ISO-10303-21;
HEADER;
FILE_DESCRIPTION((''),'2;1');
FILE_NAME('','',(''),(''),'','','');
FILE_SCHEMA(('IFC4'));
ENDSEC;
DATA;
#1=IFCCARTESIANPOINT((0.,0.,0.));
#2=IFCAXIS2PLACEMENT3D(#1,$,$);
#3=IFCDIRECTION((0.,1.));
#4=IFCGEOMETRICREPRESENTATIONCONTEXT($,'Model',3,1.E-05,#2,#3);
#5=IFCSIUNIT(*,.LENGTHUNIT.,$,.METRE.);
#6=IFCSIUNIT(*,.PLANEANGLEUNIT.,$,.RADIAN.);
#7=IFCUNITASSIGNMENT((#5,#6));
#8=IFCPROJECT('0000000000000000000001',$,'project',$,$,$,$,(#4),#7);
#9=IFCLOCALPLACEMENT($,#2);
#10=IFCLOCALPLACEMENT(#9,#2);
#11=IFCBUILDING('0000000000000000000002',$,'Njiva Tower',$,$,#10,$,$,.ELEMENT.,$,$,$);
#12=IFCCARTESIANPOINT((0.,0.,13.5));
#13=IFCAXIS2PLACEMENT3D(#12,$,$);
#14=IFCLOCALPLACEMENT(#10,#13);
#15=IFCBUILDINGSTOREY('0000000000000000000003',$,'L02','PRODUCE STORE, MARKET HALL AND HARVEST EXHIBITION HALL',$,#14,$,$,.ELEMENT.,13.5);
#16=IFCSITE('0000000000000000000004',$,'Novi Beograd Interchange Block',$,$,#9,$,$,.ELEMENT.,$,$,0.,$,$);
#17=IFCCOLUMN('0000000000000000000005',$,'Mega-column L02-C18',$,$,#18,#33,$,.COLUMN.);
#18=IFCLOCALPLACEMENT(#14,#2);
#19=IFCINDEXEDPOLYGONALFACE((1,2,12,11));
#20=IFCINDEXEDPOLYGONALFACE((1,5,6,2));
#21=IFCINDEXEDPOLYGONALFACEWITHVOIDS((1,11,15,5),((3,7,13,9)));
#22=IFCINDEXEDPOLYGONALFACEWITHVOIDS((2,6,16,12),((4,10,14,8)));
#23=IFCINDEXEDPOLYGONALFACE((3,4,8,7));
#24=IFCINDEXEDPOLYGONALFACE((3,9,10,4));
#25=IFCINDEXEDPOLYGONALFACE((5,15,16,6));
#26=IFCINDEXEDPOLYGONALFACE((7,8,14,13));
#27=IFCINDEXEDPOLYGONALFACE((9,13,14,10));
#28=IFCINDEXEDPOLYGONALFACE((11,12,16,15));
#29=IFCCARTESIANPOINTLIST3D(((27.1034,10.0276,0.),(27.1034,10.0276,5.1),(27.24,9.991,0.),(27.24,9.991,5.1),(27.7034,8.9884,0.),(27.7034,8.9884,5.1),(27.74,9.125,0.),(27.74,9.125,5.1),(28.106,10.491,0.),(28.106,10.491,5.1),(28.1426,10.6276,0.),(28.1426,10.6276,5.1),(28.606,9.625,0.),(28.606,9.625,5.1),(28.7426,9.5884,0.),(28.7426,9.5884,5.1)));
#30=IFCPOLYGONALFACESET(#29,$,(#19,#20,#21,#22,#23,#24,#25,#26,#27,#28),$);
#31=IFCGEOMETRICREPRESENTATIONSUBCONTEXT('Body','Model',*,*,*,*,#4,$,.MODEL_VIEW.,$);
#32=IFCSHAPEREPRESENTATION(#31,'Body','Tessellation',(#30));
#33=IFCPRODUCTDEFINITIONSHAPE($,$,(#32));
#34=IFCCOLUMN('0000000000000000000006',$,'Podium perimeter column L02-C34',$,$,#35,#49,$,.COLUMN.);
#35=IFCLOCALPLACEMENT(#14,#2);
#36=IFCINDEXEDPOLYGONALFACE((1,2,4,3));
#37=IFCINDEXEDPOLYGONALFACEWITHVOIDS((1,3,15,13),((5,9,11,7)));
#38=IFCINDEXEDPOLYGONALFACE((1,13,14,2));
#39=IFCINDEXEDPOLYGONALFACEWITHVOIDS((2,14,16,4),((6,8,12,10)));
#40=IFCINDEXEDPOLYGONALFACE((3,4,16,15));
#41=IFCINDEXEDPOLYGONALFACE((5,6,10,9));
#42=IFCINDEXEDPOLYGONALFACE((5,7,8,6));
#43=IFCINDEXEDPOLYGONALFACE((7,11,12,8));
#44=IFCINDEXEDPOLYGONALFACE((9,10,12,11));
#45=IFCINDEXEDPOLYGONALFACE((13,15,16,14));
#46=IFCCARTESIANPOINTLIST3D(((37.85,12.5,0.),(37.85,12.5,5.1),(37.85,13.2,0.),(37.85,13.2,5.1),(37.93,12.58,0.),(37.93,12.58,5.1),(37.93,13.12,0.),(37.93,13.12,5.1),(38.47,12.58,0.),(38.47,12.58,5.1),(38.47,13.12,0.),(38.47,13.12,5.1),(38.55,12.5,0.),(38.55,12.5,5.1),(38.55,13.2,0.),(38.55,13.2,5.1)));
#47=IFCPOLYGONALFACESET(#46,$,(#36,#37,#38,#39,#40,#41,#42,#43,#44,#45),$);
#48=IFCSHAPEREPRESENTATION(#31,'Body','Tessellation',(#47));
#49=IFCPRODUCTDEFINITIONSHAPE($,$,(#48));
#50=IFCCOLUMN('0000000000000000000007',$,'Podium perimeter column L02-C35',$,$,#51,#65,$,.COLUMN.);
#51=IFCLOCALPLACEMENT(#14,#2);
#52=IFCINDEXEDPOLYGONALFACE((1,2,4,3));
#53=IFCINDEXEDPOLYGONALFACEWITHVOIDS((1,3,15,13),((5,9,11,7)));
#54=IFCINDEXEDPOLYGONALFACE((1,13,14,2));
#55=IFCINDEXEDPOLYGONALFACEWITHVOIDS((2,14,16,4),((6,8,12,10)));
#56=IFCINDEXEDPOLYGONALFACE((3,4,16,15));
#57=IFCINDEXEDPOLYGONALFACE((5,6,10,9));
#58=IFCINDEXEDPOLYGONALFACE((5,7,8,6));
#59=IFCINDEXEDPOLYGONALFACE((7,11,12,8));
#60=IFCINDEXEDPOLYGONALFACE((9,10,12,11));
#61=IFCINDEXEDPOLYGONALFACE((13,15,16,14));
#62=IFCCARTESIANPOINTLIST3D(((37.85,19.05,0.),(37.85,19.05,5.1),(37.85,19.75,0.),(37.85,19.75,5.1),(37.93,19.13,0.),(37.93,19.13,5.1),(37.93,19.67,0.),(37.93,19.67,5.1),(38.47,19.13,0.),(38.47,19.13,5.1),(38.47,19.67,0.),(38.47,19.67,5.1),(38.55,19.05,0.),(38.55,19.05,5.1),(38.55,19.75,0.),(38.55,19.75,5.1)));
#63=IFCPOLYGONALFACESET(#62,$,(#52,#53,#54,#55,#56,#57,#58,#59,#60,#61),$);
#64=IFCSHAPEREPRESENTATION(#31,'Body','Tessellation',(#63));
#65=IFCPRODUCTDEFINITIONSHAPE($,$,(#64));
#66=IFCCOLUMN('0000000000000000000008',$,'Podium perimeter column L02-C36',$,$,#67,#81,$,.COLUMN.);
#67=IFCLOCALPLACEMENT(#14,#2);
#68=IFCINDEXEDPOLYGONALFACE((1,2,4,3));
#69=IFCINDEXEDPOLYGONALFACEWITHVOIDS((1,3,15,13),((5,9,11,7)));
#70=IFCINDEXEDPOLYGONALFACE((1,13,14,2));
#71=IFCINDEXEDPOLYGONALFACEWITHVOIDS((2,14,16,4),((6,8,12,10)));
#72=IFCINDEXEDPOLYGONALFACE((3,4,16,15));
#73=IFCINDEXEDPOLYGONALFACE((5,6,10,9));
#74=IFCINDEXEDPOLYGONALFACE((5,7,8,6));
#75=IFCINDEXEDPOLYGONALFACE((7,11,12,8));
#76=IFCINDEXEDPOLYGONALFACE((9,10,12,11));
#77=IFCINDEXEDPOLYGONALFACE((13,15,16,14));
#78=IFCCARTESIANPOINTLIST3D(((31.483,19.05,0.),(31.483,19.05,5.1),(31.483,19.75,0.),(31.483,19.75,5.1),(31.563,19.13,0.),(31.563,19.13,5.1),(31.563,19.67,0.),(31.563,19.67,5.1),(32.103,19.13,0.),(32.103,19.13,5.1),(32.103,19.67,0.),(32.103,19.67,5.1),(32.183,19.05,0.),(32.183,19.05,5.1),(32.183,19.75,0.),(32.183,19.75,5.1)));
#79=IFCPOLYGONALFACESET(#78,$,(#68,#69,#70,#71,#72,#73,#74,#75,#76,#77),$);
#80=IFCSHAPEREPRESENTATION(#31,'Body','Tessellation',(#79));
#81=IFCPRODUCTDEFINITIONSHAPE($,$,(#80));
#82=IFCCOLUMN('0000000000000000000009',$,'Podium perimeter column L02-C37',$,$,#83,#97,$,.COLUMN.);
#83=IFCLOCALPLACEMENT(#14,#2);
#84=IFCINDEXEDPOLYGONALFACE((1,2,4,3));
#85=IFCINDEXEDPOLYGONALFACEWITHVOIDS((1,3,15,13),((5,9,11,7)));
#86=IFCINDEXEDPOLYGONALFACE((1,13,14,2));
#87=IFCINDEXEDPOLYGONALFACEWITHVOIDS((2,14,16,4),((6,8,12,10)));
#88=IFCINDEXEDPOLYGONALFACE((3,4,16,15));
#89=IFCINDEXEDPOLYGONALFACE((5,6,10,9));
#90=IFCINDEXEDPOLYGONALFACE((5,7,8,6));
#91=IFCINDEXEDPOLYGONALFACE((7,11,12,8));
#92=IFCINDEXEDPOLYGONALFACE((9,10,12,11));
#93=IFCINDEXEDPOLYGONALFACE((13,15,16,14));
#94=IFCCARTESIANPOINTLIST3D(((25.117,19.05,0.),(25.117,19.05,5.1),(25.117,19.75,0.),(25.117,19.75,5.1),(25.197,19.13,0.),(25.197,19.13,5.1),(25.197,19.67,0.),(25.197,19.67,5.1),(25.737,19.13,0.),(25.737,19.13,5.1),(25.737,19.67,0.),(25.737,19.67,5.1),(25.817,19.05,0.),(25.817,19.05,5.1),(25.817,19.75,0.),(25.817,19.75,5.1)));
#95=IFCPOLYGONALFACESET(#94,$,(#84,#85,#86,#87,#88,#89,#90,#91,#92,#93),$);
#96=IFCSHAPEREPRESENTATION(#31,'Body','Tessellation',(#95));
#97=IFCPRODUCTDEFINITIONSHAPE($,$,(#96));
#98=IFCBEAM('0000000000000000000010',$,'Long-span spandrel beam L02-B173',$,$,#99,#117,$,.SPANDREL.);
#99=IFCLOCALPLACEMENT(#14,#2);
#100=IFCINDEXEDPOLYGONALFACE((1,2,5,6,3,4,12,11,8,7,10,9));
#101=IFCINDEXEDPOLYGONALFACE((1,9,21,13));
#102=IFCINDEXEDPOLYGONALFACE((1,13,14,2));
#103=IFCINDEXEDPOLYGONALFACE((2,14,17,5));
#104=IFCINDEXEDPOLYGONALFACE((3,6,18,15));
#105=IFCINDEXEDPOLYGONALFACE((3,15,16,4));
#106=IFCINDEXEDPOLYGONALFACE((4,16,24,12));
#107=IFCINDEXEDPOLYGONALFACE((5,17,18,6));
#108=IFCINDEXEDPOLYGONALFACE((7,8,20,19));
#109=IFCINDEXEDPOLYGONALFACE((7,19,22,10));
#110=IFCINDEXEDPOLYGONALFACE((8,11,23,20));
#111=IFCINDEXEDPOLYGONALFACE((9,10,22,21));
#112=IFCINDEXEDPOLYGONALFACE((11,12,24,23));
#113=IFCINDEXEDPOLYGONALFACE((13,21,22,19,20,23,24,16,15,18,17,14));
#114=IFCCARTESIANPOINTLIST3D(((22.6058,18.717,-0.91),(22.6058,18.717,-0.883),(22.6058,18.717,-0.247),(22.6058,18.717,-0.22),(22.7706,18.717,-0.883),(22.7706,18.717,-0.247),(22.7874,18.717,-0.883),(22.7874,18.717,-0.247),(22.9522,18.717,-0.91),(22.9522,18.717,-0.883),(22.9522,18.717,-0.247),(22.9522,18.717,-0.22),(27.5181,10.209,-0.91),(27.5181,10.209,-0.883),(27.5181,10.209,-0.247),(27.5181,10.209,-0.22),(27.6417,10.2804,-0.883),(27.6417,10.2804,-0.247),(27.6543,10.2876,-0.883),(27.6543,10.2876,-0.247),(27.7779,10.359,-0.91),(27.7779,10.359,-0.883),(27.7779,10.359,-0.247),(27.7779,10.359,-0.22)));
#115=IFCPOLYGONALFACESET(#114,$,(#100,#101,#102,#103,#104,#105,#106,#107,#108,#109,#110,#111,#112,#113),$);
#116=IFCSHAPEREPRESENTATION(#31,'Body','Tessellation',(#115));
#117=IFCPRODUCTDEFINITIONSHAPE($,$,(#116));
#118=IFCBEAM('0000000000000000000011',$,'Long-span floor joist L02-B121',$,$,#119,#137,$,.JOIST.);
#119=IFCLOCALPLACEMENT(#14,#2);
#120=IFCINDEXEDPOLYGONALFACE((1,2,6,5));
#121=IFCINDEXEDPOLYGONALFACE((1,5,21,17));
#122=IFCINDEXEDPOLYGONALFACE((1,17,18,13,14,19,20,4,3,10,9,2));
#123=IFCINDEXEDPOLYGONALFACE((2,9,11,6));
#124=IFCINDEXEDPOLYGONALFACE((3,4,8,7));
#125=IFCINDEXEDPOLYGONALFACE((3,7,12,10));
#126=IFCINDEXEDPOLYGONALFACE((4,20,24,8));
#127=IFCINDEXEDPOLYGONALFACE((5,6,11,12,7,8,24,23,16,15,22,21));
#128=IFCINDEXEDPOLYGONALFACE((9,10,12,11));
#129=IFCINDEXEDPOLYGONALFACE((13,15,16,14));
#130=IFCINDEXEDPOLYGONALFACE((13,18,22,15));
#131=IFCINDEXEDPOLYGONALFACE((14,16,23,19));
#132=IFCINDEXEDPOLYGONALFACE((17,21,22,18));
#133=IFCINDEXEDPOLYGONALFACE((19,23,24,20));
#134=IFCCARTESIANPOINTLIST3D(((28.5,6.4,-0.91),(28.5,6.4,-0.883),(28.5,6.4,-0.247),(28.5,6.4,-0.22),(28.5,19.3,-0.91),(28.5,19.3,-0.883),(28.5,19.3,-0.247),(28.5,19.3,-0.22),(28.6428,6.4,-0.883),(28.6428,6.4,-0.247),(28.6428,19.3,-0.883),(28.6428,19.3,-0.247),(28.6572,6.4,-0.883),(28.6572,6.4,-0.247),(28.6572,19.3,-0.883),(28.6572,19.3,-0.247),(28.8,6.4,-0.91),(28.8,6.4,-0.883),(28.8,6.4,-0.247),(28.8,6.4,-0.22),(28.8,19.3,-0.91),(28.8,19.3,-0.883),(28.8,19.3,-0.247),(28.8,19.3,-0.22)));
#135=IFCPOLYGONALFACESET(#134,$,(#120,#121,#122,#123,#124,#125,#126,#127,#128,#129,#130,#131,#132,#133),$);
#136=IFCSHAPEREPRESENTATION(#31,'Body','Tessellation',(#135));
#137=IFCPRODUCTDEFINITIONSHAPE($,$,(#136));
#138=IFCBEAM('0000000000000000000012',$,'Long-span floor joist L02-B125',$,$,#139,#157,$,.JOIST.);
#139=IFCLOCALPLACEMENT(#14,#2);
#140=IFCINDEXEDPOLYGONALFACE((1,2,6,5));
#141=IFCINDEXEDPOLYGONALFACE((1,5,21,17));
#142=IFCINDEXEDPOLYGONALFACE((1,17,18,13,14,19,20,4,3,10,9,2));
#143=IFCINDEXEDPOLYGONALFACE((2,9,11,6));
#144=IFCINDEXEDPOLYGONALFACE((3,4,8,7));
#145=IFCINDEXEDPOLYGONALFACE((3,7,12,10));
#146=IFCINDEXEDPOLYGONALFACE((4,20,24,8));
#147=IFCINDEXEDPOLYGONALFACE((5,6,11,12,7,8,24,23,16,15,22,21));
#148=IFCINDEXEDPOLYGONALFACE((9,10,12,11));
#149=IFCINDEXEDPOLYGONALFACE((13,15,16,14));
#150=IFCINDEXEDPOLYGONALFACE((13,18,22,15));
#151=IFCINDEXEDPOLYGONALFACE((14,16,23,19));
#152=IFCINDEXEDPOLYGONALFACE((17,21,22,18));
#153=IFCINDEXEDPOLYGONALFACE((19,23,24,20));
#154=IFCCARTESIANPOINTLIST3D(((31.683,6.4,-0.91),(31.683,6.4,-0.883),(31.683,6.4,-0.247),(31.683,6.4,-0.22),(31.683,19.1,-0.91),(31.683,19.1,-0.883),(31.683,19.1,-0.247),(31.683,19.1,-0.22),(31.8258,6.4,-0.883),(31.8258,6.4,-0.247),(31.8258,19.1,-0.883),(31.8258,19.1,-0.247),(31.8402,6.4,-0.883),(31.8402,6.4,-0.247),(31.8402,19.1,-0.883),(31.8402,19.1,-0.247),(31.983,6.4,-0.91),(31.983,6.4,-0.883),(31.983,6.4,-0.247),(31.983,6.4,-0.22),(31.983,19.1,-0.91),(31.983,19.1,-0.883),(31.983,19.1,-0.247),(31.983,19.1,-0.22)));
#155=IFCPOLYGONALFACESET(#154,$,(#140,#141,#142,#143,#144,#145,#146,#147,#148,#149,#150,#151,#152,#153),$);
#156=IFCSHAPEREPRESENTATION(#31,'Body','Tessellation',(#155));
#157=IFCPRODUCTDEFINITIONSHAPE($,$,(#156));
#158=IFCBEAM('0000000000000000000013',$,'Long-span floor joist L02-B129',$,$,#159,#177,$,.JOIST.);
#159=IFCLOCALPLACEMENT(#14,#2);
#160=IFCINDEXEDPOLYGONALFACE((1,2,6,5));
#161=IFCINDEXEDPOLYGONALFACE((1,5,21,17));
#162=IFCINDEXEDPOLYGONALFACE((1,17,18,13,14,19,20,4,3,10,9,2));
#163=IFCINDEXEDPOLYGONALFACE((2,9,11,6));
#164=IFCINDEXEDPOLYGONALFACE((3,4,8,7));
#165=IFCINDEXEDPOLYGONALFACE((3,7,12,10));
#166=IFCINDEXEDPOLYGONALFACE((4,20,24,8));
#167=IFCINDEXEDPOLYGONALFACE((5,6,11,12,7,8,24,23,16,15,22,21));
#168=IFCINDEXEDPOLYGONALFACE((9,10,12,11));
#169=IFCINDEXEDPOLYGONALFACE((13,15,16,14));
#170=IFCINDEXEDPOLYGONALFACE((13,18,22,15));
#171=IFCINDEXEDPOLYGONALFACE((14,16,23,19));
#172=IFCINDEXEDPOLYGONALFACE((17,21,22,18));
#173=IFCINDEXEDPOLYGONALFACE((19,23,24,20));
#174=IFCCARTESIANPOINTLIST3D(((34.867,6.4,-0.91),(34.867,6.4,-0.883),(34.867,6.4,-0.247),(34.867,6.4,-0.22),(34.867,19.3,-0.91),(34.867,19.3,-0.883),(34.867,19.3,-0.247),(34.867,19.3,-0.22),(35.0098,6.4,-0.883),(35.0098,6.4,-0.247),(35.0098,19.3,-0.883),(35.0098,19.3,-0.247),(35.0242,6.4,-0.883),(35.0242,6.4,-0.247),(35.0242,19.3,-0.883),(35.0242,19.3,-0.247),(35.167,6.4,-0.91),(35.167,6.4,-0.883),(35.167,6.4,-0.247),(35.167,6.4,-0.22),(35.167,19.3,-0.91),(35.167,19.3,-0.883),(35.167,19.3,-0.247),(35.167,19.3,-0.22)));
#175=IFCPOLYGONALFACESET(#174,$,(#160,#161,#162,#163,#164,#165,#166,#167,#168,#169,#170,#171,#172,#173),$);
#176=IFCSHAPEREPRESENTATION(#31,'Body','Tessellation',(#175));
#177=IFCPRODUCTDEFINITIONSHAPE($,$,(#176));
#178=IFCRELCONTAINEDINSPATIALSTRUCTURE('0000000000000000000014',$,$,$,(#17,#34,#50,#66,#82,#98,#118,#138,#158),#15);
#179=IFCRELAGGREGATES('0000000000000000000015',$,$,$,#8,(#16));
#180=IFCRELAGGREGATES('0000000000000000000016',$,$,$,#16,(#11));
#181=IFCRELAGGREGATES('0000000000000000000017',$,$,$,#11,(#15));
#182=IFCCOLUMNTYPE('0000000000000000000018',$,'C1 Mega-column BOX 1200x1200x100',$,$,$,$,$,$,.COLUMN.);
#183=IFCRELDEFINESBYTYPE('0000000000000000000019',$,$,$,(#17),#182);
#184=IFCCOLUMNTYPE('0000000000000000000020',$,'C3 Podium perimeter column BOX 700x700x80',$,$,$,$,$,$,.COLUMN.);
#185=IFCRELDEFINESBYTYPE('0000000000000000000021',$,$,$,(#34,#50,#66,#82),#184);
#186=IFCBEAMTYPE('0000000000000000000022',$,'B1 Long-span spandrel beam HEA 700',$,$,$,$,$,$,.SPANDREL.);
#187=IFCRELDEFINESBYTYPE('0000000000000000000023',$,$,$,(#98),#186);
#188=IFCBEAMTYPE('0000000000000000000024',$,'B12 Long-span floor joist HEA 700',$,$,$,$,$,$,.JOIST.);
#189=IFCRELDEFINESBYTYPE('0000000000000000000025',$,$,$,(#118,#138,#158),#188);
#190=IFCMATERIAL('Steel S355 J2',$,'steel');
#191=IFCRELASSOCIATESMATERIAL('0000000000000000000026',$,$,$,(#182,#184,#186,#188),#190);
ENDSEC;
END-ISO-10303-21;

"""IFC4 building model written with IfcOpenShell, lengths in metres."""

from ifc_helpers import new_model, si_unit, direction, frame, origin, origin_2d, place, context, subcontext, project, spatial, hollow_rectangle, i_section, extrude, clip, halfspace, material, material_profile, profile_set, type_object, element, save


model = new_model("IFC4")

# Units and contexts
model_context = context("Model", 3, precision=1e-05, world=origin(), true_north=direction((0.0, 1.0)))
body_context = subcontext(model_context, "Body", "Model", "MODEL_VIEW")
ifc_project = project(units=[si_unit("LENGTHUNIT", "METRE"), si_unit("PLANEANGLEUNIT", "RADIAN")], contexts=[model_context])

# Site, building, storey
site_placement = place(None, origin())
site = spatial("IfcSite", under=ifc_project, at=site_placement, Name="Novi Beograd Interchange Block", CompositionType="ELEMENT", RefElevation=0.0)
building_placement = place(site_placement, origin())
building = spatial("IfcBuilding", under=site, at=building_placement, Name="Njiva Tower", CompositionType="ELEMENT")
storey_placement = place(building_placement, frame((0.0, 0.0, 13.5)))
storey = spatial("IfcBuildingStorey", under=building, at=storey_placement, Name="L02", Description="PRODUCE STORE, MARKET HALL AND HARVEST EXHIBITION HALL", CompositionType="ELEMENT", Elevation=13.5)

# Columns
ifc_material_1 = material(Name="Steel S355 J2", Category="steel")
ifc_material_profile_1 = material_profile(ifc_material_1, hollow_rectangle(XDim=1.2, YDim=1.2, WallThickness=0.1, at=origin_2d()), Name="BOX 1200x1200x100")
ifc_profile_set_1 = profile_set([ifc_material_profile_1], Name="Steel S355 J2")
column_type_1 = type_object("IfcColumnType", Name="C1 Mega-column BOX 1200x1200x100", PredefinedType="COLUMN", material=ifc_profile_set_1)
column_placement = place(storey_placement, frame((27.923, 9.808, 0.0), z_axis=(0.0, 0.0, 1.0), x_axis=(-0.5, 0.866025, 0.0)))
element("IfcColumn", 1, at=column_placement, inside=storey, type_object=column_type_1, Name="Mega-column L02-C18", PredefinedType="COLUMN", context=body_context, shape_type="SweptSolid", body=[
    extrude(hollow_rectangle(XDim=1.2, YDim=1.2, WallThickness=0.1, at=origin_2d()), origin(), (0.0, 0.0, 1.0), 5.1),
])
ifc_material_profile_2 = material_profile(ifc_material_1, hollow_rectangle(XDim=0.7, YDim=0.7, WallThickness=0.08, at=origin_2d()), Name="BOX 700x700x80")
ifc_profile_set_2 = profile_set([ifc_material_profile_2], Name="Steel S355 J2")
column_type_2 = type_object("IfcColumnType", Name="C3 Podium perimeter column BOX 700x700x80", PredefinedType="COLUMN", material=ifc_profile_set_2)
for number, where, z_axis, x_axis, name in (
    (2, (38.2, 12.85, 0.0), (0.0, 0.0, 1.0), (0.0, 1.0, 0.0), "Podium perimeter column L02-C34"),
    (3, (38.2, 19.4, 0.0), (0.0, 0.0, 1.0), (-1.0, 0.0, 0.0), "Podium perimeter column L02-C35"),
    (4, (31.833, 19.4, 0.0), (0.0, 0.0, 1.0), (-1.0, 0.0, 0.0), "Podium perimeter column L02-C36"),
    (5, (25.467, 19.4, 0.0), (0.0, 0.0, 1.0), (-1.0, 0.0, 0.0), "Podium perimeter column L02-C37"),
):
    element("IfcColumn", number, at=place(storey_placement, frame(where, z_axis=z_axis, x_axis=x_axis)), inside=storey, type_object=column_type_2, Name=name, PredefinedType="COLUMN", context=body_context, shape_type="SweptSolid", body=[
        extrude(hollow_rectangle(XDim=0.7, YDim=0.7, WallThickness=0.08, at=origin_2d()), origin(), (0.0, 0.0, 1.0), 5.1),
    ])

# Beams
ifc_material_profile_3 = material_profile(ifc_material_1, i_section(OverallWidth=0.3, OverallDepth=0.69, WebThickness=0.0145, FlangeThickness=0.027, at=origin_2d()), Name="HEA 700")
ifc_profile_set_3 = profile_set([ifc_material_profile_3], Name="Steel S355 J2")
beam_type_1 = type_object("IfcBeamType", Name="B1 Long-span spandrel beam HEA 700", PredefinedType="SPANDREL", material=ifc_profile_set_3)
beam_1_placement = place(storey_placement, frame((27.648, 10.284, -0.565), z_axis=(-0.500016, 0.866016, 0.0), x_axis=(-0.866016, -0.500016, 0.0)))
element("IfcBeam", 6, at=beam_1_placement, inside=storey, type_object=beam_type_1, Name="Long-span spandrel beam L02-B173", PredefinedType="SPANDREL", context=body_context, shape_type="Clipping", body=[
    clip(extrude(i_section(OverallWidth=0.3, OverallDepth=0.69, WebThickness=0.0145, FlangeThickness=0.027, at=origin_2d()), origin(), (0.0, 0.0, 1.0), 9.8447), halfspace(frame((-0.0248, 0.0, 9.7234), z_axis=(-0.500016, 0.0, 0.866016), x_axis=(0.0, 1.0, 0.0)), False)),
])
ifc_material_profile_4 = material_profile(ifc_material_1, i_section(OverallWidth=0.3, OverallDepth=0.69, WebThickness=0.0145, FlangeThickness=0.027, at=origin_2d()), Name="HEA 700")
ifc_profile_set_4 = profile_set([ifc_material_profile_4], Name="Steel S355 J2")
beam_type_2 = type_object("IfcBeamType", Name="B12 Long-span floor joist HEA 700", PredefinedType="JOIST", material=ifc_profile_set_4)
beam_2_placement = place(storey_placement, frame((28.65, 19.3, -0.565), z_axis=(0.0, -1.0, 0.0), x_axis=(1.0, 0.0, 0.0)))
element("IfcBeam", 7, at=beam_2_placement, inside=storey, type_object=beam_type_2, Name="Long-span floor joist L02-B121", PredefinedType="JOIST", context=body_context, shape_type="SweptSolid", body=[
    extrude(i_section(OverallWidth=0.3, OverallDepth=0.69, WebThickness=0.0145, FlangeThickness=0.027, at=origin_2d()), origin(), (0.0, 0.0, 1.0), 12.9),
])
beam_3_placement = place(storey_placement, frame((31.833, 19.1, -0.565), z_axis=(0.0, -1.0, 0.0), x_axis=(1.0, 0.0, 0.0)))
element("IfcBeam", 8, at=beam_3_placement, inside=storey, type_object=beam_type_2, Name="Long-span floor joist L02-B125", PredefinedType="JOIST", context=body_context, shape_type="SweptSolid", body=[
    extrude(i_section(OverallWidth=0.3, OverallDepth=0.69, WebThickness=0.0145, FlangeThickness=0.027, at=origin_2d()), origin(), (0.0, 0.0, 1.0), 12.7),
])
beam_4_placement = place(storey_placement, frame((35.017, 19.3, -0.565), z_axis=(0.0, -1.0, 0.0), x_axis=(1.0, 0.0, 0.0)))
element("IfcBeam", 9, at=beam_4_placement, inside=storey, type_object=beam_type_2, Name="Long-span floor joist L02-B129", PredefinedType="JOIST", context=body_context, shape_type="SweptSolid", body=[
    extrude(i_section(OverallWidth=0.3, OverallDepth=0.69, WebThickness=0.0145, FlangeThickness=0.027, at=origin_2d()), origin(), (0.0, 0.0, 1.0), 12.9),
])

save(model, "model.ifc")
